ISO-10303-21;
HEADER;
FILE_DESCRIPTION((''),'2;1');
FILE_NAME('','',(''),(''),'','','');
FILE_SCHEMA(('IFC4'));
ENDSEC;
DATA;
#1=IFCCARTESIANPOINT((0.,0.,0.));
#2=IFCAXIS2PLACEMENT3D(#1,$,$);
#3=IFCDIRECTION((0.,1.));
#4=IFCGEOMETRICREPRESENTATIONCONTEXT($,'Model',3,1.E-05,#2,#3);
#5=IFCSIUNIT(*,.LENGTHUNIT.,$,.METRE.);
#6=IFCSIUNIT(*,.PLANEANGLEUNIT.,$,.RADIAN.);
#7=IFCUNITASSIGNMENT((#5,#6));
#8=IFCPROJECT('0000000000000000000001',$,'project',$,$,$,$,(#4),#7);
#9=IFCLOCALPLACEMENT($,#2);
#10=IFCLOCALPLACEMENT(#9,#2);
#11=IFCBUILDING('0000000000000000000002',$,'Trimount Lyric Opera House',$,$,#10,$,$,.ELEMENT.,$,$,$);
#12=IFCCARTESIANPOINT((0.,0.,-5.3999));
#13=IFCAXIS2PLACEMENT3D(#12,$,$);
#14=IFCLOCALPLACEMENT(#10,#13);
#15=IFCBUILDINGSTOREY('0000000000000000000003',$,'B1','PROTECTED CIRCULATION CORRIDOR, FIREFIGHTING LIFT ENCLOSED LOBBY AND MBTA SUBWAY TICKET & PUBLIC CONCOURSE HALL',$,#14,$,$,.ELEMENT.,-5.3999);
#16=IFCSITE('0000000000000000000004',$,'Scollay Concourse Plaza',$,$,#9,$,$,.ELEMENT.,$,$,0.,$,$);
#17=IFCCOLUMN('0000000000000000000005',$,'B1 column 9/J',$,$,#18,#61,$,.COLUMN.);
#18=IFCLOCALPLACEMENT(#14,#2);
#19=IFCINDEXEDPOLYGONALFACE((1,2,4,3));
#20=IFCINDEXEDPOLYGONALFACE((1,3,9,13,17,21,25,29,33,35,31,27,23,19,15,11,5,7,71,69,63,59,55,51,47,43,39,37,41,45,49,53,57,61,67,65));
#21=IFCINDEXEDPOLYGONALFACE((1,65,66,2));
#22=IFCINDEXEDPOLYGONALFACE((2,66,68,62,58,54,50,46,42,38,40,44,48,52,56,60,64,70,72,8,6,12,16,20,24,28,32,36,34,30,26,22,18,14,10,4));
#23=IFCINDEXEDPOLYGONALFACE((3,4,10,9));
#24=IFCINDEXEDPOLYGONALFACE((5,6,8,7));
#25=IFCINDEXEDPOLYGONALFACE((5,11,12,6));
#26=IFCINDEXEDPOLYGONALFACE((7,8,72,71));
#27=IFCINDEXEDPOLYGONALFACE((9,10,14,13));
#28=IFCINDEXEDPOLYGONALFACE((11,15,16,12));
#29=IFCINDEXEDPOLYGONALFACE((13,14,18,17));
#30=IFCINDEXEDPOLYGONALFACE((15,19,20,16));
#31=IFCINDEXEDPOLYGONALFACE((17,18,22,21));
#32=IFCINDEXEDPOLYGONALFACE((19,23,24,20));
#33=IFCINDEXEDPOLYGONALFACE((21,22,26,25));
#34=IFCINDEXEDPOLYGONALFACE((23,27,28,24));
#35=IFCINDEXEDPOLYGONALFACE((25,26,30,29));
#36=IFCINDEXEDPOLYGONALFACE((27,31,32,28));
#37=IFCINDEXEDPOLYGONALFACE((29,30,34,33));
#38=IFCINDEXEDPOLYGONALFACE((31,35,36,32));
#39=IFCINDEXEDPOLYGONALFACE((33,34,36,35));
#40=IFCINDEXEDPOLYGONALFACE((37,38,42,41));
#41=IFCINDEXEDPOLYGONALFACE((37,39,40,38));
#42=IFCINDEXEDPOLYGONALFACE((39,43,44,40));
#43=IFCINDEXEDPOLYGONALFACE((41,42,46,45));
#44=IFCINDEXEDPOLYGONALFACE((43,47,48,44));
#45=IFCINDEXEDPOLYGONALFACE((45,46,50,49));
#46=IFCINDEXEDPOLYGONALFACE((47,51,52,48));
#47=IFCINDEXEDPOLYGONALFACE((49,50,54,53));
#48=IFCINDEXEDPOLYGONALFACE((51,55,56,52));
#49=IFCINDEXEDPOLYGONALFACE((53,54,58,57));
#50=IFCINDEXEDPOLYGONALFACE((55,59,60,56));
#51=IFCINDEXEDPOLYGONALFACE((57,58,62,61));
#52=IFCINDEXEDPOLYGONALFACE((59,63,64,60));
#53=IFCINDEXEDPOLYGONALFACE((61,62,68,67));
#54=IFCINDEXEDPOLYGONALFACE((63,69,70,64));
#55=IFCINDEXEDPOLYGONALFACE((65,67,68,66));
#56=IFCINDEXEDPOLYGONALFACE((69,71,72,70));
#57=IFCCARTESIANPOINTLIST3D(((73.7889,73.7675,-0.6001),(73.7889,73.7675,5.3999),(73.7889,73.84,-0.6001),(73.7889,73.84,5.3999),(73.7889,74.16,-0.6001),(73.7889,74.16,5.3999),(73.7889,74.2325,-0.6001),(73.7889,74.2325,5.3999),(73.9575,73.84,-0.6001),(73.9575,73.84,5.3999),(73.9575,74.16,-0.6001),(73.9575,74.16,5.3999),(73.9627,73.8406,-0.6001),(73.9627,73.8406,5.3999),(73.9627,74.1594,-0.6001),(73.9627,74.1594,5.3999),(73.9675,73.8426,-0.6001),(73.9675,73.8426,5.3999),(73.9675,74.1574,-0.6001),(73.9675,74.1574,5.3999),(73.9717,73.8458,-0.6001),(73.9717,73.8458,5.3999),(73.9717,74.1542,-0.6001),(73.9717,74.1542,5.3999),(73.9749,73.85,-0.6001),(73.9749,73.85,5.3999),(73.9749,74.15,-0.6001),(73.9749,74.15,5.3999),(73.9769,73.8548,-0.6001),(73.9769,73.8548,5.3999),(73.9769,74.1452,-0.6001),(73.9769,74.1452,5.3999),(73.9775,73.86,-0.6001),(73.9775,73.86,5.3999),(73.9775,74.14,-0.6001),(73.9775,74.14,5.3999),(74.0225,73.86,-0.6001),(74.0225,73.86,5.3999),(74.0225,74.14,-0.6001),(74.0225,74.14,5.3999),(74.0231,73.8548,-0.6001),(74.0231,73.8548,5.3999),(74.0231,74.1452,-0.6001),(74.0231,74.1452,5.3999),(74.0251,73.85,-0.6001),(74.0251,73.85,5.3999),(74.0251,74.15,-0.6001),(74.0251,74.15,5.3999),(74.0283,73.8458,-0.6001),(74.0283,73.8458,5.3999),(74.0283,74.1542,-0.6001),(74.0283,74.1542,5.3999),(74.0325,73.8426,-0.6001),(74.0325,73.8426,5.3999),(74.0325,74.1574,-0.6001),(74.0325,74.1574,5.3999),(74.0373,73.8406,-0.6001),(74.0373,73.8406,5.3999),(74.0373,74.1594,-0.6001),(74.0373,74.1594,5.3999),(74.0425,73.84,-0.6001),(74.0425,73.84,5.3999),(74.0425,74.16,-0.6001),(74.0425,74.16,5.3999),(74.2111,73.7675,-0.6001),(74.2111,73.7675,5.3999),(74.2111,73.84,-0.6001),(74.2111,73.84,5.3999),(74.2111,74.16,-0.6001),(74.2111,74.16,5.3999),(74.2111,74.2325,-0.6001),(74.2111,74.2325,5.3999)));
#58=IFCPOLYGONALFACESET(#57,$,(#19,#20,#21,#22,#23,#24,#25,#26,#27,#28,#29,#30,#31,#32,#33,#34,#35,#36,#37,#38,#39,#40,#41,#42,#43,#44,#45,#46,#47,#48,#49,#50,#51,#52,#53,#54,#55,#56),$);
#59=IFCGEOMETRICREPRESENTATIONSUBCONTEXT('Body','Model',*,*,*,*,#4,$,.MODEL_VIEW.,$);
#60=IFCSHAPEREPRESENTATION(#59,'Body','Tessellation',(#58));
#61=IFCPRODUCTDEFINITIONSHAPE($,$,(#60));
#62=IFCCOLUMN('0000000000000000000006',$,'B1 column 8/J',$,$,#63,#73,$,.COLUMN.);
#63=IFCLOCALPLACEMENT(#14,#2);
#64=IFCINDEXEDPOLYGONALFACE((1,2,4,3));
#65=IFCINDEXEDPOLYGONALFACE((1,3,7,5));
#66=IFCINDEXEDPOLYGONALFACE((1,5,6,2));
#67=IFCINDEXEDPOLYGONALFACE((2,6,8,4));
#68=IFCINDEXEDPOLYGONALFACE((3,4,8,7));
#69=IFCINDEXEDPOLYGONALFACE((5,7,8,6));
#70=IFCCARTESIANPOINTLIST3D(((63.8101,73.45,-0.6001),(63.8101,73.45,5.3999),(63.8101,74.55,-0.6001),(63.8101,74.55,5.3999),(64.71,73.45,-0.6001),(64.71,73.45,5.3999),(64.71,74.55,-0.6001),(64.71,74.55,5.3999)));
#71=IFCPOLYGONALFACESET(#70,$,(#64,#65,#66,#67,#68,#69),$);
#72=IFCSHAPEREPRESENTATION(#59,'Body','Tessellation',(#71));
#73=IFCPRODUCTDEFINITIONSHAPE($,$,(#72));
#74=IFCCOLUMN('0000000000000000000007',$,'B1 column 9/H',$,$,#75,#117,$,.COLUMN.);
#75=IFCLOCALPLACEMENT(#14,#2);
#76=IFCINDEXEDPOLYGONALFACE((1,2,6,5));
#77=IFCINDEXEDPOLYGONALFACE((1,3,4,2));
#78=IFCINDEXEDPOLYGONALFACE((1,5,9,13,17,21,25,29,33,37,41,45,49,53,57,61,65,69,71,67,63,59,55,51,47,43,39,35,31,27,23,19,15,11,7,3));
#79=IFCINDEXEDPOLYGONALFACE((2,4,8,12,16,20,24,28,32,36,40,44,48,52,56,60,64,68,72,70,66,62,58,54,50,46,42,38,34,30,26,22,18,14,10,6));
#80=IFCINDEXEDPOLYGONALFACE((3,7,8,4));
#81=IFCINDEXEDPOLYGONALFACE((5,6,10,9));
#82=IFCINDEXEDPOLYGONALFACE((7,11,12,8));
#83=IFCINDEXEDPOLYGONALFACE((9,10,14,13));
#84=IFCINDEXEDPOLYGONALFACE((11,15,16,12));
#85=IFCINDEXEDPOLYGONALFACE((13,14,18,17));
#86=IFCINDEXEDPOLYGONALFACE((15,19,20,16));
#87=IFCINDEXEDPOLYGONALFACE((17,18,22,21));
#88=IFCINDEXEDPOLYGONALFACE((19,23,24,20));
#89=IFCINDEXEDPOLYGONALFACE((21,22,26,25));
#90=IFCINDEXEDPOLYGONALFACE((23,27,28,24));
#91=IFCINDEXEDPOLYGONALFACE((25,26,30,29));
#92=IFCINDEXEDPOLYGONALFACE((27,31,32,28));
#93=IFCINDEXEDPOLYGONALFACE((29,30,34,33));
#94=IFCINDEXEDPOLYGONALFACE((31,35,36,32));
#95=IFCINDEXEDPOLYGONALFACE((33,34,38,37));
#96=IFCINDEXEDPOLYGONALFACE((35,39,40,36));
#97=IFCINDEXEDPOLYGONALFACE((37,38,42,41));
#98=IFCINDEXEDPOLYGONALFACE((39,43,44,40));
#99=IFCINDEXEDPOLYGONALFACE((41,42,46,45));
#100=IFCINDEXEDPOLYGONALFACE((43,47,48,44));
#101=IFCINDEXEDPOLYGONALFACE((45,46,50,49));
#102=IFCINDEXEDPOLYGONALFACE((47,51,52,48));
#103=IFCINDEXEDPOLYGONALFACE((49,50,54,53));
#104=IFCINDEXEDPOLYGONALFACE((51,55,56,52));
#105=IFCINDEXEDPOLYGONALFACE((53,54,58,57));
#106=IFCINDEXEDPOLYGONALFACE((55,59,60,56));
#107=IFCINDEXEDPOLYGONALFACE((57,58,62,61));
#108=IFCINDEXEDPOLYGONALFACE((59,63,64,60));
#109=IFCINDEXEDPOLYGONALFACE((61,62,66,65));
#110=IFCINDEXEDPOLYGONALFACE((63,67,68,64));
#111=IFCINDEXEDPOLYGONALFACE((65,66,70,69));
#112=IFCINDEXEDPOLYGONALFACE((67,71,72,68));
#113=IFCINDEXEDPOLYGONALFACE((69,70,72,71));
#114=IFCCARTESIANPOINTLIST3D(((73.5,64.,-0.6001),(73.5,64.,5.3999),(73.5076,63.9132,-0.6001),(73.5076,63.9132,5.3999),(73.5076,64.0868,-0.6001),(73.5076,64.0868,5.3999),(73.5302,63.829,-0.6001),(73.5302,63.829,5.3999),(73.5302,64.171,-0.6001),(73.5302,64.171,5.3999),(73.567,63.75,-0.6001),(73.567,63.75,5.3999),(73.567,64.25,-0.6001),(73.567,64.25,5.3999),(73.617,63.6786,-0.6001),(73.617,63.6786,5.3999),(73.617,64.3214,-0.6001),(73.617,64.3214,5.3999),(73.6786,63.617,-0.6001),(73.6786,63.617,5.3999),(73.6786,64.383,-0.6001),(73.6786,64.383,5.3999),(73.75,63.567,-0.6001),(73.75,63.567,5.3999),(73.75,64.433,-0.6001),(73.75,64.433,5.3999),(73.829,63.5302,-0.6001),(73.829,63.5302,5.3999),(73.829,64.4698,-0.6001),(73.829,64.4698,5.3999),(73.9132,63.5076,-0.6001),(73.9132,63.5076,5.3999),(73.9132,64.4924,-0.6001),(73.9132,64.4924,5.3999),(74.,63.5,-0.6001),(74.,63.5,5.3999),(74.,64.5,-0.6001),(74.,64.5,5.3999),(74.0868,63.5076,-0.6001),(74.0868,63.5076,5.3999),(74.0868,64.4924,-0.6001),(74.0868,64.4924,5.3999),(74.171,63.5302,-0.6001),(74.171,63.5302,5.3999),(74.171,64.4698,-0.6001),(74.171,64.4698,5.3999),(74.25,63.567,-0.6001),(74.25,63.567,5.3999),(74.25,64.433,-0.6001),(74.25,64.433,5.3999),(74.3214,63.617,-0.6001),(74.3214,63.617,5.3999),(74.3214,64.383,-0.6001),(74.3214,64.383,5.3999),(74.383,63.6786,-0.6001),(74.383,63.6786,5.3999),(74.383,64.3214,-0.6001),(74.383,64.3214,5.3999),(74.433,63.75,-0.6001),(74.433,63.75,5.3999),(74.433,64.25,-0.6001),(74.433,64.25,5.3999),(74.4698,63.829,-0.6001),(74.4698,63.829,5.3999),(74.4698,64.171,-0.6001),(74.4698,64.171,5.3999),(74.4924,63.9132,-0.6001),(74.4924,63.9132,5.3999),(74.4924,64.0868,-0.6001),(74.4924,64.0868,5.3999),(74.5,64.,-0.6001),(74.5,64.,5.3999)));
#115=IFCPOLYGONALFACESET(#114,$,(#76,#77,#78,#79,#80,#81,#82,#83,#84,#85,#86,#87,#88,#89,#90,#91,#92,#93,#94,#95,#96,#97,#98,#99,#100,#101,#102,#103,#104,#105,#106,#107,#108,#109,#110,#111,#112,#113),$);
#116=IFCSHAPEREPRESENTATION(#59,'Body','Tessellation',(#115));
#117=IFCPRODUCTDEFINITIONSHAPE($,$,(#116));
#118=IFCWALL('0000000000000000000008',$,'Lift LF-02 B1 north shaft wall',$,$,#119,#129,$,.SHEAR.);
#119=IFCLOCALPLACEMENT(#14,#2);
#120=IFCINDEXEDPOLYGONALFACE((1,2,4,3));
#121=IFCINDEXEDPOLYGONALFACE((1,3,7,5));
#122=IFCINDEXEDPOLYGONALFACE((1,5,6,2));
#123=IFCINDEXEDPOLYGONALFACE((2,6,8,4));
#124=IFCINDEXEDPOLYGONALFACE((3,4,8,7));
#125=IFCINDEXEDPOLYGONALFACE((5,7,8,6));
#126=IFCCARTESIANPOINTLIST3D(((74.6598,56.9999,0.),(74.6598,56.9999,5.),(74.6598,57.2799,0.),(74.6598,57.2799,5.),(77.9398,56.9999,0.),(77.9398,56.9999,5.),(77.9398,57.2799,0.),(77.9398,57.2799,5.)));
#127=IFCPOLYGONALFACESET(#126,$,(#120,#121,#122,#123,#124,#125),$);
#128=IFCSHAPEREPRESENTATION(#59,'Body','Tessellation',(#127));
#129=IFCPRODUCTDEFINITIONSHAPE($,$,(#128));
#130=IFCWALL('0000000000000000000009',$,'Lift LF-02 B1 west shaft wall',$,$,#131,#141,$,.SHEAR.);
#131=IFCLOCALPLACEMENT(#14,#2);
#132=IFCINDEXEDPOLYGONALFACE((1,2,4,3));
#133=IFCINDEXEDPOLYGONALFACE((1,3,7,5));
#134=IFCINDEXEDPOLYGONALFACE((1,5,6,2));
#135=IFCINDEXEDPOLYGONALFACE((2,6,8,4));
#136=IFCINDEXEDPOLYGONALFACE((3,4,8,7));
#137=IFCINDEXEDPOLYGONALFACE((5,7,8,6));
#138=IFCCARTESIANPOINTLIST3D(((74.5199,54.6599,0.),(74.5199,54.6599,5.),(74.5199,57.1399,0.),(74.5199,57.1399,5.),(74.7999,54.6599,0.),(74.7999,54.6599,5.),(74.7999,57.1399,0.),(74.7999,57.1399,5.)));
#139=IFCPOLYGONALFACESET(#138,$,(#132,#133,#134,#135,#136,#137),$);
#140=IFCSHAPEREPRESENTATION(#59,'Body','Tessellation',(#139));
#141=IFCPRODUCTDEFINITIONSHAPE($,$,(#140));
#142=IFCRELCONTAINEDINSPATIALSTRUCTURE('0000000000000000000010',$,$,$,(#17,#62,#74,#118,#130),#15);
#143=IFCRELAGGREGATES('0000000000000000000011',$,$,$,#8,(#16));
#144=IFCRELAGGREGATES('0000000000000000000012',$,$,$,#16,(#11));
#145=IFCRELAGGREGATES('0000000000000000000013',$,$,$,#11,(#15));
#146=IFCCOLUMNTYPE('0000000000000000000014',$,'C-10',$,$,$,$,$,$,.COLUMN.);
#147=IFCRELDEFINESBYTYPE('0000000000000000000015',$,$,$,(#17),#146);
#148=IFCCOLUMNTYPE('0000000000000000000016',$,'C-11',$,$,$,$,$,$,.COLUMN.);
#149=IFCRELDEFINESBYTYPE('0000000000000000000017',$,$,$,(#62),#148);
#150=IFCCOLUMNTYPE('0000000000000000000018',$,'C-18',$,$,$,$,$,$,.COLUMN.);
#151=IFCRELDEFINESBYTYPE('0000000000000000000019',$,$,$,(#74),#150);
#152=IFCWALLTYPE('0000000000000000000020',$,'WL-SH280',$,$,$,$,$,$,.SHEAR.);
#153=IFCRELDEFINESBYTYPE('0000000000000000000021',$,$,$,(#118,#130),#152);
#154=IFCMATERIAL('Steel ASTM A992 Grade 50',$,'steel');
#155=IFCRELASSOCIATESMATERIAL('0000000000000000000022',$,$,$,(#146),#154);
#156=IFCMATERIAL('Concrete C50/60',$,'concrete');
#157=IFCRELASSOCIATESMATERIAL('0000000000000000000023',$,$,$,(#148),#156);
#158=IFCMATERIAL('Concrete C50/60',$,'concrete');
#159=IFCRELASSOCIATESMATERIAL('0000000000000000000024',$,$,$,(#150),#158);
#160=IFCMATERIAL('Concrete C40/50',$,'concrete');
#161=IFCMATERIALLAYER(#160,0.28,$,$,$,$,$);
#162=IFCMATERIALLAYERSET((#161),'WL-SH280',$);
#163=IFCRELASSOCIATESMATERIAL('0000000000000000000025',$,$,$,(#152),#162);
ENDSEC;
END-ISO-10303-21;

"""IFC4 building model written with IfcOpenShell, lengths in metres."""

from ifc_helpers import new_model, si_unit, direction, frame, frame_2d, origin, origin_2d, place, context, subcontext, project, spatial, rectangle, circle, i_section, extrude, material, layer, layer_set, material_profile, profile_set, type_object, element, save


model = new_model("IFC4")

# Units and contexts
model_context = context("Model", 3, precision=1e-05, world=origin(), true_north=direction((0.0, 1.0)))
body_context = subcontext(model_context, "Body", "Model", "MODEL_VIEW")
ifc_project = project(units=[si_unit("LENGTHUNIT", "METRE"), si_unit("PLANEANGLEUNIT", "RADIAN")], contexts=[model_context])

# Site, building, storey
site_placement = place(None, origin())
site = spatial("IfcSite", under=ifc_project, at=site_placement, Name="Scollay Concourse Plaza", CompositionType="ELEMENT", RefElevation=0.0)
building_placement = place(site_placement, origin())
building = spatial("IfcBuilding", under=site, at=building_placement, Name="Trimount Lyric Opera House", CompositionType="ELEMENT")
storey_placement = place(building_placement, frame((0.0, 0.0, -5.3999)))
storey = spatial("IfcBuildingStorey", under=building, at=storey_placement, Name="B1", Description="PROTECTED CIRCULATION CORRIDOR, FIREFIGHTING LIFT ENCLOSED LOBBY AND MBTA SUBWAY TICKET & PUBLIC CONCOURSE HALL", CompositionType="ELEMENT", Elevation=-5.3999)

# Columns
ifc_material_1 = material(Name="Steel ASTM A992 Grade 50", Category="steel")
ifc_material_profile_1 = material_profile(ifc_material_1, i_section(OverallWidth=0.4221, OverallDepth=0.4651, WebThickness=0.0449, FlangeThickness=0.0725, FilletRadius=0.02, at=origin_2d()), Name="W14X398")
ifc_profile_set_1 = profile_set([ifc_material_profile_1], Name="Steel ASTM A992 Grade 50")
column_type_1 = type_object("IfcColumnType", Name="C-10", PredefinedType="COLUMN", material=ifc_profile_set_1)
column_1_placement = place(storey_placement, frame((74.0, 74.0, -0.6001), z_axis=(0.0, 0.0, 1.0), x_axis=(1.0, 0.0, 0.0)))
element("IfcColumn", 1, at=column_1_placement, inside=storey, type_object=column_type_1, Name="B1 column 9/J", PredefinedType="COLUMN", context=body_context, shape_type="SweptSolid", body=[
    extrude(i_section(OverallWidth=0.4221, OverallDepth=0.4651, WebThickness=0.0449, FlangeThickness=0.0725, FilletRadius=0.02, at=origin_2d()), origin(), (0.0, 0.0, 1.0), 6.0),
])
ifc_material_2 = material(Name="Concrete C50/60", Category="concrete")
ifc_material_profile_2 = material_profile(ifc_material_2, rectangle(XDim=0.8999, YDim=1.1001, at=origin_2d()), Name="RC1100X900")
ifc_profile_set_2 = profile_set([ifc_material_profile_2], Name="Concrete C50/60")
column_type_2 = type_object("IfcColumnType", Name="C-11", PredefinedType="COLUMN", material=ifc_profile_set_2)
column_2_placement = place(storey_placement, frame((64.26, 74.0, -0.6001), z_axis=(0.0, 0.0, 1.0), x_axis=(1.0, 0.0, 0.0)))
element("IfcColumn", 2, at=column_2_placement, inside=storey, type_object=column_type_2, Name="B1 column 8/J", PredefinedType="COLUMN", context=body_context, shape_type="SweptSolid", body=[
    extrude(rectangle(XDim=0.8999, YDim=1.1001, at=origin_2d()), origin(), (0.0, 0.0, 1.0), 6.0),
])
ifc_material_3 = material(Name="Concrete C50/60", Category="concrete")
ifc_material_profile_3 = material_profile(ifc_material_3, circle(Radius=0.5, at=origin_2d()), Name="RC-D1000")
ifc_profile_set_3 = profile_set([ifc_material_profile_3], Name="Concrete C50/60")
column_type_3 = type_object("IfcColumnType", Name="C-18", PredefinedType="COLUMN", material=ifc_profile_set_3)
column_3_placement = place(storey_placement, frame((74.0, 64.0, -0.6001), z_axis=(0.0, 0.0, 1.0), x_axis=(1.0, 0.0, 0.0)))
element("IfcColumn", 3, at=column_3_placement, inside=storey, type_object=column_type_3, Name="B1 column 9/H", PredefinedType="COLUMN", context=body_context, shape_type="SweptSolid", body=[
    extrude(circle(Radius=0.5, at=origin_2d()), origin(), (0.0, 0.0, 1.0), 6.0),
])

# Walls
ifc_material_4 = material(Name="Concrete C40/50", Category="concrete")
ifc_layer = layer(ifc_material_4, 0.28)
ifc_layer_set = layer_set([ifc_layer], Name="WL-SH280")
wall_type = type_object("IfcWallType", Name="WL-SH280", PredefinedType="SHEAR", material=ifc_layer_set)
wall_1_placement = place(storey_placement, frame((77.9399, 57.1399, 0.0), z_axis=(0.0, 0.0, 1.0), x_axis=(-1.0, 0.0, 0.0)))
element("IfcWall", 4, at=wall_1_placement, inside=storey, type_object=wall_type, Name="Lift LF-02 B1 north shaft wall", PredefinedType="SHEAR", context=body_context, shape_type="SweptSolid", body=[
    extrude(rectangle(XDim=3.28, YDim=0.28, at=frame_2d((1.6401, 0.0))), origin(), (0.0, 0.0, 1.0), 5.0),
])
wall_2_placement = place(storey_placement, frame((74.6599, 57.1399, 0.0), z_axis=(0.0, 0.0, 1.0), x_axis=(0.0, -1.0, 0.0)))
element("IfcWall", 5, at=wall_2_placement, inside=storey, type_object=wall_type, Name="Lift LF-02 B1 west shaft wall", PredefinedType="SHEAR", context=body_context, shape_type="SweptSolid", body=[
    extrude(rectangle(XDim=2.48, YDim=0.28, at=frame_2d((1.24, 0.0))), origin(), (0.0, 0.0, 1.0), 5.0),
])

save(model, "model.ifc")
